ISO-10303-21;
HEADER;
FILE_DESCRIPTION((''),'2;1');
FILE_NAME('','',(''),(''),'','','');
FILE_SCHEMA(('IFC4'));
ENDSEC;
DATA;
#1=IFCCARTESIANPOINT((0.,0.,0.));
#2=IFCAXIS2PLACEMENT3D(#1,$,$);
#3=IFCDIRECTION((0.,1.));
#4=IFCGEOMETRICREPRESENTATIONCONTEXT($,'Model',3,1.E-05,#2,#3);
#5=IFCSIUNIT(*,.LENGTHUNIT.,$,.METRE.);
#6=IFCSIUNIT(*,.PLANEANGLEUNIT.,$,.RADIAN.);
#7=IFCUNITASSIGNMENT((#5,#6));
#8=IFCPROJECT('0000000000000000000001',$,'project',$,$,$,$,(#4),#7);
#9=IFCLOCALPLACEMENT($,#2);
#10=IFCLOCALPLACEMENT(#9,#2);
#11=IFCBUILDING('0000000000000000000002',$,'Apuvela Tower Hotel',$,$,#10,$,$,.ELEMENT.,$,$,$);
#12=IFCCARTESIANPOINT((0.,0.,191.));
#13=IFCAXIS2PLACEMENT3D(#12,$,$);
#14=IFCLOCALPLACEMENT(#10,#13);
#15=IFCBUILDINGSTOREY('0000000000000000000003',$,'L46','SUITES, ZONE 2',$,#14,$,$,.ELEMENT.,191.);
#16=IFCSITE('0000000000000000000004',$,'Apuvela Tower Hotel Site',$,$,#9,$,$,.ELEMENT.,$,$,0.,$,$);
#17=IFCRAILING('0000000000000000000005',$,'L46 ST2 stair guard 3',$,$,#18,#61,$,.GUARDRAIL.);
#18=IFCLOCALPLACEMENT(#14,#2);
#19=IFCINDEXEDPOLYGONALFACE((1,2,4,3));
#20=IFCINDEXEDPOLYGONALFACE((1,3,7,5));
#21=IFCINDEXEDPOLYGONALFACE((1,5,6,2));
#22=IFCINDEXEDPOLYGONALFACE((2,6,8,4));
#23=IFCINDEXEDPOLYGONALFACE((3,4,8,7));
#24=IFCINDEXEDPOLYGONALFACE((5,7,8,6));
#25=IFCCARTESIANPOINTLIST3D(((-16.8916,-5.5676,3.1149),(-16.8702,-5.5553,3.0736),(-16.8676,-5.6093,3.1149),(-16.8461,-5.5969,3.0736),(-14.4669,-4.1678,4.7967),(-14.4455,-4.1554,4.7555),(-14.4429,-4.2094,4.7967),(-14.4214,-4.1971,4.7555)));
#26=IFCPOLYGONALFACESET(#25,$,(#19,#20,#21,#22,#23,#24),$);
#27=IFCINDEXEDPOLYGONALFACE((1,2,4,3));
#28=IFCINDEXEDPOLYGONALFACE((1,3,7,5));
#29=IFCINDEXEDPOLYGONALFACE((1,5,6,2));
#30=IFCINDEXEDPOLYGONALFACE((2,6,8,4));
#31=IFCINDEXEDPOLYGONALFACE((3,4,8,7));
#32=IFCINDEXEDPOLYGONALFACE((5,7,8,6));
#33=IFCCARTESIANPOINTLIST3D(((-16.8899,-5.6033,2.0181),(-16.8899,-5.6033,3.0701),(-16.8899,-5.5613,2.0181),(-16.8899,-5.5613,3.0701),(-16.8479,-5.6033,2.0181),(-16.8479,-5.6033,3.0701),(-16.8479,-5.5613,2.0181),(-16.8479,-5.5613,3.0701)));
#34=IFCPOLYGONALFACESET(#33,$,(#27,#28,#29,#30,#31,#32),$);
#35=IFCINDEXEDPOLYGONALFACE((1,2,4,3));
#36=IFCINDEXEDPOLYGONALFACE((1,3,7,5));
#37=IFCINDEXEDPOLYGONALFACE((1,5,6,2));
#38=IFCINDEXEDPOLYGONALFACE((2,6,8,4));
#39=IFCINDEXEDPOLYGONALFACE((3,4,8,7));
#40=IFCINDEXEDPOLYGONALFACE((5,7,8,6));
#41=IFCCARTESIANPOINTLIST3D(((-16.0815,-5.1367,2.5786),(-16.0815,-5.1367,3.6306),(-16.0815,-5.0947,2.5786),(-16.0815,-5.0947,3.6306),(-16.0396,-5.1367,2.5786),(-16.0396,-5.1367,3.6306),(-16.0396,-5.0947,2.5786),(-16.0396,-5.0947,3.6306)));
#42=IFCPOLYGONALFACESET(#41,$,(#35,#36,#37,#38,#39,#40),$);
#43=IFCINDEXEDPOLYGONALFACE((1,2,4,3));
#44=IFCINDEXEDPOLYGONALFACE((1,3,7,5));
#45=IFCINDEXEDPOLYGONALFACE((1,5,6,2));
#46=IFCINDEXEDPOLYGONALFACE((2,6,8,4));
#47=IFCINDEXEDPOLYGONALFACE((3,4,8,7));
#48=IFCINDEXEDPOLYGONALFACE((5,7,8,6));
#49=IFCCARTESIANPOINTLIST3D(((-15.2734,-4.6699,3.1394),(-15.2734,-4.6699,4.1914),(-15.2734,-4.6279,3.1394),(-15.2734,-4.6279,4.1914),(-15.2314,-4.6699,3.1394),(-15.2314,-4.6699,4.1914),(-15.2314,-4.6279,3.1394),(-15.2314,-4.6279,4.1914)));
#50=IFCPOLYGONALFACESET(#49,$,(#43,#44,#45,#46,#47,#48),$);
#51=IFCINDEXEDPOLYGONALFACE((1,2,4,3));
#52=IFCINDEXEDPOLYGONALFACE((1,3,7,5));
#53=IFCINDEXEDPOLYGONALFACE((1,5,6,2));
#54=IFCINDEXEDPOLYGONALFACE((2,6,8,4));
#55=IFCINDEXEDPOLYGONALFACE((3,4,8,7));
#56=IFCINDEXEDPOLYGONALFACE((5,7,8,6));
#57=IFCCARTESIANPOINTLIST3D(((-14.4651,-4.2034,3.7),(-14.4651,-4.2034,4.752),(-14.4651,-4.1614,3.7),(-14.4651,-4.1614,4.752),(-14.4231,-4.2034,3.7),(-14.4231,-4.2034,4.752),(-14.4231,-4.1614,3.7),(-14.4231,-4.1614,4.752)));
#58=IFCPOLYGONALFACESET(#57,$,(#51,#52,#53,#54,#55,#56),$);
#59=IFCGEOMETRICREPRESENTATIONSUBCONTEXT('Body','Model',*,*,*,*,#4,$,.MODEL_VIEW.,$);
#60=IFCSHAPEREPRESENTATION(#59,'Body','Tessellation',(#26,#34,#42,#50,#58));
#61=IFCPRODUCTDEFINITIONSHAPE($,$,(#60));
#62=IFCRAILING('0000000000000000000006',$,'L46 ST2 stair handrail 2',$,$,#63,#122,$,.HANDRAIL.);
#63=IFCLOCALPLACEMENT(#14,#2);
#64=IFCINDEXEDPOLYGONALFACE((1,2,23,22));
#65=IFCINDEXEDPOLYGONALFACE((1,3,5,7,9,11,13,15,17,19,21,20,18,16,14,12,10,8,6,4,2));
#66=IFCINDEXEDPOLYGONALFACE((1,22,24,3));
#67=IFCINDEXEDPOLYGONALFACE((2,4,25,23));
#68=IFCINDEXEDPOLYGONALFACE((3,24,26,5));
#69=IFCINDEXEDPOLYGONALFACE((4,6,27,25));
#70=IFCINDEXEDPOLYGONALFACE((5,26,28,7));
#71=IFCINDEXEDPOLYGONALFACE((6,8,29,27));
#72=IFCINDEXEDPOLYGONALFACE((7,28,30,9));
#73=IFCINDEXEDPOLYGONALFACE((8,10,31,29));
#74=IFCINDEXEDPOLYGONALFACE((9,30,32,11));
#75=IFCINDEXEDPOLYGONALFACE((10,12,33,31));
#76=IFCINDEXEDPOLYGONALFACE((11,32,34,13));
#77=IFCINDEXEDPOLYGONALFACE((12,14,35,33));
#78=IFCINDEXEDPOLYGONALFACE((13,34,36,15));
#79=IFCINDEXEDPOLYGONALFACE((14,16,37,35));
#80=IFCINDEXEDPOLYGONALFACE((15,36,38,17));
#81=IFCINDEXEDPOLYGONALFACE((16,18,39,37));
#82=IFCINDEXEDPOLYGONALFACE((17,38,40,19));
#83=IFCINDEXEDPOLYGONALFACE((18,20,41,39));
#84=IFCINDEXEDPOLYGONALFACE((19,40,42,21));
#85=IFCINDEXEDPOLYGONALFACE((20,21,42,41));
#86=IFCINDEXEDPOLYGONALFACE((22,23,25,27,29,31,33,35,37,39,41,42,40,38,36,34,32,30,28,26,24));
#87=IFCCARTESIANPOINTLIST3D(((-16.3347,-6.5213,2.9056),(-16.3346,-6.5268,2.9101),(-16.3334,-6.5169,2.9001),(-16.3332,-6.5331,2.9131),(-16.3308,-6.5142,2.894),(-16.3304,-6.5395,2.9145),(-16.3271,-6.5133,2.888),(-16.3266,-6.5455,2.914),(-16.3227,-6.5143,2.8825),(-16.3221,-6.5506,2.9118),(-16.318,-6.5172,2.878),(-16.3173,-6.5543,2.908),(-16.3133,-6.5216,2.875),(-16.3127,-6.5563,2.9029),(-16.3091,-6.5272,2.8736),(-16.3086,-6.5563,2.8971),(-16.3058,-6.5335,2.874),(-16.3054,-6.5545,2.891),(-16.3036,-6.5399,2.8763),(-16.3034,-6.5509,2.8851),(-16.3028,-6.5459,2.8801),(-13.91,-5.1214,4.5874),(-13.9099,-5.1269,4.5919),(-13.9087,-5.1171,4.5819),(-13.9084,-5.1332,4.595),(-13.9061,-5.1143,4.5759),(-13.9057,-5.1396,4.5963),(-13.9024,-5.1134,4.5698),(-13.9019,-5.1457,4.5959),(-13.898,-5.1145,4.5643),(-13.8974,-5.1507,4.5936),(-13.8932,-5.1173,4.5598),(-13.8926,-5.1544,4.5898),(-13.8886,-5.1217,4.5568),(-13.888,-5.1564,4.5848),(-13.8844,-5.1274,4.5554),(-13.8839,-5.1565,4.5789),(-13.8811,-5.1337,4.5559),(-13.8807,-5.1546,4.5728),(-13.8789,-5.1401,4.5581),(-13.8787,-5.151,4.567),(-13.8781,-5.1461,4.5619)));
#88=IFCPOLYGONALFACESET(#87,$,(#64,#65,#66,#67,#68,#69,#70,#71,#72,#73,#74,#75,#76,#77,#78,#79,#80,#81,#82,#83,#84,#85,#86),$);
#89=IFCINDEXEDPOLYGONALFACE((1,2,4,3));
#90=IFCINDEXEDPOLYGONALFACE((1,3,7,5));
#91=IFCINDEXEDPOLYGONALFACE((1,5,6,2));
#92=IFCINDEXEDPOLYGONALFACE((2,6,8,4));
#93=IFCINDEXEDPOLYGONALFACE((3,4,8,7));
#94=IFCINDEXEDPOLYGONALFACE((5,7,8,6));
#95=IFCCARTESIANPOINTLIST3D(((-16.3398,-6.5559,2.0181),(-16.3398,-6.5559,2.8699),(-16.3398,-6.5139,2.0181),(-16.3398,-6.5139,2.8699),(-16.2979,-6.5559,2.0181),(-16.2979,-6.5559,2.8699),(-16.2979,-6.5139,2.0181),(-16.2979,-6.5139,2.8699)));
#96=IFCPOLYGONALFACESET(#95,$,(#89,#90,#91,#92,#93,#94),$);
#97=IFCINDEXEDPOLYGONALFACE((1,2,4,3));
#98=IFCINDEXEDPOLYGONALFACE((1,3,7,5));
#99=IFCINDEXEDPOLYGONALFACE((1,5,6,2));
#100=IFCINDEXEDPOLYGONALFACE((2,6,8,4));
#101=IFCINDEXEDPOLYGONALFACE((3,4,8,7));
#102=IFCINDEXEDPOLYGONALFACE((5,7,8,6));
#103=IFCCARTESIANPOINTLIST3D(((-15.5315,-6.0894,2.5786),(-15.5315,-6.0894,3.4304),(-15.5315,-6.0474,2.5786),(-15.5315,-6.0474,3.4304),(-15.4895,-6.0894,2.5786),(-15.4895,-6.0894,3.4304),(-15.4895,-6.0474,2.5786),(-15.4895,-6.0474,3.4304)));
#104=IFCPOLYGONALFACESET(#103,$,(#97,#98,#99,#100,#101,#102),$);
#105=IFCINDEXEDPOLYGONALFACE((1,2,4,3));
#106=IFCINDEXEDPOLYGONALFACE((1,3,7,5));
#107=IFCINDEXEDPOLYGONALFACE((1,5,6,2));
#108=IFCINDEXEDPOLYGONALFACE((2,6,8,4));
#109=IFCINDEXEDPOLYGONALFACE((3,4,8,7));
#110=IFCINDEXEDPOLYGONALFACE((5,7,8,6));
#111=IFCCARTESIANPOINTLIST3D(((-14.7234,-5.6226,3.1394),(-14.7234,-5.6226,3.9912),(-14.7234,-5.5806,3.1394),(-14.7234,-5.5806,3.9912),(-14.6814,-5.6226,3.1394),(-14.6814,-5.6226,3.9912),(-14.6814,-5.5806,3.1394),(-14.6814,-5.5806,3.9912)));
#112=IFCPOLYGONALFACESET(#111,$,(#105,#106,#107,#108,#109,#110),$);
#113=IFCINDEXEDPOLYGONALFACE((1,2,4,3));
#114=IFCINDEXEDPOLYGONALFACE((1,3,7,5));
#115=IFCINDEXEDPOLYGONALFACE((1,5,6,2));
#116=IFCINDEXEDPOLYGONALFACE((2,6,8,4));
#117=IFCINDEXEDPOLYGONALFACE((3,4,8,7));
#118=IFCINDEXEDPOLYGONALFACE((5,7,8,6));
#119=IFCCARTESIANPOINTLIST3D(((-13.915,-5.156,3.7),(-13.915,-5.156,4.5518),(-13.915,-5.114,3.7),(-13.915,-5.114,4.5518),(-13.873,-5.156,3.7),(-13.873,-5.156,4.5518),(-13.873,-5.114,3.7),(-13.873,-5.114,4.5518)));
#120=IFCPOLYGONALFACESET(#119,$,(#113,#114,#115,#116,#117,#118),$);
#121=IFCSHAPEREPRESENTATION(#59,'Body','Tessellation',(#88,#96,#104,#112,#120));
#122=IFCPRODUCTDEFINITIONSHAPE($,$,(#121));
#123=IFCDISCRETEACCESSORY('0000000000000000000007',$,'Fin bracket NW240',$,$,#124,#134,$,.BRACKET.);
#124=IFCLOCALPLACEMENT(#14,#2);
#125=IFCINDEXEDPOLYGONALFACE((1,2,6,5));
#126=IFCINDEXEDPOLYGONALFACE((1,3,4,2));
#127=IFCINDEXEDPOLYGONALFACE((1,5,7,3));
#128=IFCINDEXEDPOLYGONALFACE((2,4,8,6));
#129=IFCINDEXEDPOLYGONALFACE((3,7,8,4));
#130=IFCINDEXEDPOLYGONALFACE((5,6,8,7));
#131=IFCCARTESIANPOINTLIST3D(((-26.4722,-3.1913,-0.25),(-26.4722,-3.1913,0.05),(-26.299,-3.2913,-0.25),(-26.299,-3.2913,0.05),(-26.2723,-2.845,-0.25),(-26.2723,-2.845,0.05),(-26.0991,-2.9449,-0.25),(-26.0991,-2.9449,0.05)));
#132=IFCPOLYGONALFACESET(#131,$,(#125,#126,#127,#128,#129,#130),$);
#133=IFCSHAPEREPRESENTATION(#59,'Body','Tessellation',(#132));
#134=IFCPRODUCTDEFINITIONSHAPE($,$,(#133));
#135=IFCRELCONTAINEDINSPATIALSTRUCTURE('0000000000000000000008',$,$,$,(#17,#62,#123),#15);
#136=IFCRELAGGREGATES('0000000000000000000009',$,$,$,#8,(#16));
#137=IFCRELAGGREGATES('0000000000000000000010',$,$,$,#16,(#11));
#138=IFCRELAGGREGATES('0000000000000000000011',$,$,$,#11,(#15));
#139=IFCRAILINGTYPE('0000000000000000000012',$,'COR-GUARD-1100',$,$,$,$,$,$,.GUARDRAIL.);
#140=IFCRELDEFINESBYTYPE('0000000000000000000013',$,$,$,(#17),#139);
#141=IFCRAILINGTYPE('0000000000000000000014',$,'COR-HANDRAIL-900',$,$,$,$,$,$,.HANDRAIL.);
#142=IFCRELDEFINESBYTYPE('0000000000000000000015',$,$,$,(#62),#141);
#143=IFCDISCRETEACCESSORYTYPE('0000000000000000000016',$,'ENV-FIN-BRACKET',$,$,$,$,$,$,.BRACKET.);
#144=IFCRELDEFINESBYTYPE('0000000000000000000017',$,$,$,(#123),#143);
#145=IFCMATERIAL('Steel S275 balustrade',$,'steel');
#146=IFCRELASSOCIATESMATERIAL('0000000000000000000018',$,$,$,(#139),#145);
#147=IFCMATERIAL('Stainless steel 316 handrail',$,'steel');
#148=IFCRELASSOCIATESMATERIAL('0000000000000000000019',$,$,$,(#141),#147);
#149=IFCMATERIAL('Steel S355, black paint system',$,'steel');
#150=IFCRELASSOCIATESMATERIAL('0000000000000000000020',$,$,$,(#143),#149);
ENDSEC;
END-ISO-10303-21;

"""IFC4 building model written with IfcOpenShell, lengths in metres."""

from ifc_helpers import new_model, si_unit, direction, frame, origin, origin_2d, place, context, subcontext, project, spatial, rectangle, circle, extrude, material, type_object, element, save


model = new_model("IFC4")

# Units and contexts
model_context = context("Model", 3, precision=1e-05, world=origin(), true_north=direction((0.0, 1.0)))
body_context = subcontext(model_context, "Body", "Model", "MODEL_VIEW")
ifc_project = project(units=[si_unit("LENGTHUNIT", "METRE"), si_unit("PLANEANGLEUNIT", "RADIAN")], contexts=[model_context])

# Site, building, storey
site_placement = place(None, origin())
site = spatial("IfcSite", under=ifc_project, at=site_placement, Name="Apuvela Tower Hotel Site", CompositionType="ELEMENT", RefElevation=0.0)
building_placement = place(site_placement, origin())
building = spatial("IfcBuilding", under=site, at=building_placement, Name="Apuvela Tower Hotel", CompositionType="ELEMENT")
storey_placement = place(building_placement, frame((0.0, 0.0, 191.0)))
storey = spatial("IfcBuildingStorey", under=building, at=storey_placement, Name="L46", Description="SUITES, ZONE 2", CompositionType="ELEMENT", Elevation=191.0)

# Railings
ifc_material_1 = material(Name="Steel S275 balustrade", Category="steel")
railing_type_1 = type_object("IfcRailingType", Name="COR-GUARD-1100", PredefinedType="GUARDRAIL", material=ifc_material_1)
railing_1_placement = place(storey_placement, frame((-16.8689, -5.5823, 2.0181)))
element("IfcRailing", 1, at=railing_1_placement, inside=storey, type_object=railing_type_1, Name="L46 ST2 stair guard 3", PredefinedType="GUARDRAIL", context=body_context, shape_type="SweptSolid", body=[
    extrude(rectangle(XDim=0.0481, YDim=0.0481, at=origin_2d()), frame((0.0, 0.0, 1.0762), z_axis=(0.74239, 0.428601, 0.514934), x_axis=(-0.499984, 0.866035, 0.0)), (0.0, 0.0, 1.0), 3.2661),
    extrude(rectangle(XDim=0.042, YDim=0.042, at=origin_2d()), origin(), (0.0, 0.0, 1.0), 1.052),
    extrude(rectangle(XDim=0.042, YDim=0.042, at=origin_2d()), frame((0.8083, 0.4666, 0.5605)), (0.0, 0.0, 1.0), 1.052),
    extrude(rectangle(XDim=0.042, YDim=0.042, at=origin_2d()), frame((1.6165, 0.9333, 1.1213)), (0.0, 0.0, 1.0), 1.052),
    extrude(rectangle(XDim=0.042, YDim=0.042, at=origin_2d()), frame((2.4248, 1.3999, 1.6819)), (0.0, 0.0, 1.0), 1.052),
])
ifc_material_2 = material(Name="Stainless steel 316 handrail", Category="steel")
railing_type_2 = type_object("IfcRailingType", Name="COR-HANDRAIL-900", PredefinedType="HANDRAIL", material=ifc_material_2)
railing_2_placement = place(storey_placement, frame((-16.3188, -6.5349, 2.0181)))
element("IfcRailing", 2, at=railing_2_placement, inside=storey, type_object=railing_type_2, Name="L46 ST2 stair handrail 2", PredefinedType="HANDRAIL", context=body_context, shape_type="SweptSolid", body=[
    extrude(circle(Radius=0.0239, at=origin_2d()), frame((0.0, 0.0, 0.876), z_axis=(0.74239, 0.428601, 0.514934), x_axis=(-0.499984, 0.866035, 0.0)), (0.0, 0.0, 1.0), 3.2661),
    extrude(rectangle(XDim=0.042, YDim=0.042, at=origin_2d()), origin(), (0.0, 0.0, 1.0), 0.8518),
    extrude(rectangle(XDim=0.042, YDim=0.042, at=origin_2d()), frame((0.8083, 0.4666, 0.5605)), (0.0, 0.0, 1.0), 0.8518),
    extrude(rectangle(XDim=0.042, YDim=0.042, at=origin_2d()), frame((1.6165, 0.9333, 1.1213)), (0.0, 0.0, 1.0), 0.8518),
    extrude(rectangle(XDim=0.042, YDim=0.042, at=origin_2d()), frame((2.4248, 1.3999, 1.6819)), (0.0, 0.0, 1.0), 0.8518),
])

# Discrete accessory
ifc_material_3 = material(Name="Steel S355, black paint system", Category="steel")
discrete_accessory_type = type_object("IfcDiscreteAccessoryType", Name="ENV-FIN-BRACKET", PredefinedType="BRACKET", material=ifc_material_3)
discrete_accessory_placement = place(storey_placement, frame((-26.2856, -3.0681, -0.25), z_axis=(0.0, 0.0, 1.0), x_axis=(-0.5, -0.866025, 0.0)))
element("IfcDiscreteAccessory", 3, at=discrete_accessory_placement, inside=storey, type_object=discrete_accessory_type, Name="Fin bracket NW240", PredefinedType="BRACKET", context=body_context, shape_type="SweptSolid", body=[
    extrude(rectangle(XDim=0.3999, YDim=0.2, at=origin_2d()), origin(), (0.0, 0.0, 1.0), 0.3),
])

save(model, "model.ifc")
